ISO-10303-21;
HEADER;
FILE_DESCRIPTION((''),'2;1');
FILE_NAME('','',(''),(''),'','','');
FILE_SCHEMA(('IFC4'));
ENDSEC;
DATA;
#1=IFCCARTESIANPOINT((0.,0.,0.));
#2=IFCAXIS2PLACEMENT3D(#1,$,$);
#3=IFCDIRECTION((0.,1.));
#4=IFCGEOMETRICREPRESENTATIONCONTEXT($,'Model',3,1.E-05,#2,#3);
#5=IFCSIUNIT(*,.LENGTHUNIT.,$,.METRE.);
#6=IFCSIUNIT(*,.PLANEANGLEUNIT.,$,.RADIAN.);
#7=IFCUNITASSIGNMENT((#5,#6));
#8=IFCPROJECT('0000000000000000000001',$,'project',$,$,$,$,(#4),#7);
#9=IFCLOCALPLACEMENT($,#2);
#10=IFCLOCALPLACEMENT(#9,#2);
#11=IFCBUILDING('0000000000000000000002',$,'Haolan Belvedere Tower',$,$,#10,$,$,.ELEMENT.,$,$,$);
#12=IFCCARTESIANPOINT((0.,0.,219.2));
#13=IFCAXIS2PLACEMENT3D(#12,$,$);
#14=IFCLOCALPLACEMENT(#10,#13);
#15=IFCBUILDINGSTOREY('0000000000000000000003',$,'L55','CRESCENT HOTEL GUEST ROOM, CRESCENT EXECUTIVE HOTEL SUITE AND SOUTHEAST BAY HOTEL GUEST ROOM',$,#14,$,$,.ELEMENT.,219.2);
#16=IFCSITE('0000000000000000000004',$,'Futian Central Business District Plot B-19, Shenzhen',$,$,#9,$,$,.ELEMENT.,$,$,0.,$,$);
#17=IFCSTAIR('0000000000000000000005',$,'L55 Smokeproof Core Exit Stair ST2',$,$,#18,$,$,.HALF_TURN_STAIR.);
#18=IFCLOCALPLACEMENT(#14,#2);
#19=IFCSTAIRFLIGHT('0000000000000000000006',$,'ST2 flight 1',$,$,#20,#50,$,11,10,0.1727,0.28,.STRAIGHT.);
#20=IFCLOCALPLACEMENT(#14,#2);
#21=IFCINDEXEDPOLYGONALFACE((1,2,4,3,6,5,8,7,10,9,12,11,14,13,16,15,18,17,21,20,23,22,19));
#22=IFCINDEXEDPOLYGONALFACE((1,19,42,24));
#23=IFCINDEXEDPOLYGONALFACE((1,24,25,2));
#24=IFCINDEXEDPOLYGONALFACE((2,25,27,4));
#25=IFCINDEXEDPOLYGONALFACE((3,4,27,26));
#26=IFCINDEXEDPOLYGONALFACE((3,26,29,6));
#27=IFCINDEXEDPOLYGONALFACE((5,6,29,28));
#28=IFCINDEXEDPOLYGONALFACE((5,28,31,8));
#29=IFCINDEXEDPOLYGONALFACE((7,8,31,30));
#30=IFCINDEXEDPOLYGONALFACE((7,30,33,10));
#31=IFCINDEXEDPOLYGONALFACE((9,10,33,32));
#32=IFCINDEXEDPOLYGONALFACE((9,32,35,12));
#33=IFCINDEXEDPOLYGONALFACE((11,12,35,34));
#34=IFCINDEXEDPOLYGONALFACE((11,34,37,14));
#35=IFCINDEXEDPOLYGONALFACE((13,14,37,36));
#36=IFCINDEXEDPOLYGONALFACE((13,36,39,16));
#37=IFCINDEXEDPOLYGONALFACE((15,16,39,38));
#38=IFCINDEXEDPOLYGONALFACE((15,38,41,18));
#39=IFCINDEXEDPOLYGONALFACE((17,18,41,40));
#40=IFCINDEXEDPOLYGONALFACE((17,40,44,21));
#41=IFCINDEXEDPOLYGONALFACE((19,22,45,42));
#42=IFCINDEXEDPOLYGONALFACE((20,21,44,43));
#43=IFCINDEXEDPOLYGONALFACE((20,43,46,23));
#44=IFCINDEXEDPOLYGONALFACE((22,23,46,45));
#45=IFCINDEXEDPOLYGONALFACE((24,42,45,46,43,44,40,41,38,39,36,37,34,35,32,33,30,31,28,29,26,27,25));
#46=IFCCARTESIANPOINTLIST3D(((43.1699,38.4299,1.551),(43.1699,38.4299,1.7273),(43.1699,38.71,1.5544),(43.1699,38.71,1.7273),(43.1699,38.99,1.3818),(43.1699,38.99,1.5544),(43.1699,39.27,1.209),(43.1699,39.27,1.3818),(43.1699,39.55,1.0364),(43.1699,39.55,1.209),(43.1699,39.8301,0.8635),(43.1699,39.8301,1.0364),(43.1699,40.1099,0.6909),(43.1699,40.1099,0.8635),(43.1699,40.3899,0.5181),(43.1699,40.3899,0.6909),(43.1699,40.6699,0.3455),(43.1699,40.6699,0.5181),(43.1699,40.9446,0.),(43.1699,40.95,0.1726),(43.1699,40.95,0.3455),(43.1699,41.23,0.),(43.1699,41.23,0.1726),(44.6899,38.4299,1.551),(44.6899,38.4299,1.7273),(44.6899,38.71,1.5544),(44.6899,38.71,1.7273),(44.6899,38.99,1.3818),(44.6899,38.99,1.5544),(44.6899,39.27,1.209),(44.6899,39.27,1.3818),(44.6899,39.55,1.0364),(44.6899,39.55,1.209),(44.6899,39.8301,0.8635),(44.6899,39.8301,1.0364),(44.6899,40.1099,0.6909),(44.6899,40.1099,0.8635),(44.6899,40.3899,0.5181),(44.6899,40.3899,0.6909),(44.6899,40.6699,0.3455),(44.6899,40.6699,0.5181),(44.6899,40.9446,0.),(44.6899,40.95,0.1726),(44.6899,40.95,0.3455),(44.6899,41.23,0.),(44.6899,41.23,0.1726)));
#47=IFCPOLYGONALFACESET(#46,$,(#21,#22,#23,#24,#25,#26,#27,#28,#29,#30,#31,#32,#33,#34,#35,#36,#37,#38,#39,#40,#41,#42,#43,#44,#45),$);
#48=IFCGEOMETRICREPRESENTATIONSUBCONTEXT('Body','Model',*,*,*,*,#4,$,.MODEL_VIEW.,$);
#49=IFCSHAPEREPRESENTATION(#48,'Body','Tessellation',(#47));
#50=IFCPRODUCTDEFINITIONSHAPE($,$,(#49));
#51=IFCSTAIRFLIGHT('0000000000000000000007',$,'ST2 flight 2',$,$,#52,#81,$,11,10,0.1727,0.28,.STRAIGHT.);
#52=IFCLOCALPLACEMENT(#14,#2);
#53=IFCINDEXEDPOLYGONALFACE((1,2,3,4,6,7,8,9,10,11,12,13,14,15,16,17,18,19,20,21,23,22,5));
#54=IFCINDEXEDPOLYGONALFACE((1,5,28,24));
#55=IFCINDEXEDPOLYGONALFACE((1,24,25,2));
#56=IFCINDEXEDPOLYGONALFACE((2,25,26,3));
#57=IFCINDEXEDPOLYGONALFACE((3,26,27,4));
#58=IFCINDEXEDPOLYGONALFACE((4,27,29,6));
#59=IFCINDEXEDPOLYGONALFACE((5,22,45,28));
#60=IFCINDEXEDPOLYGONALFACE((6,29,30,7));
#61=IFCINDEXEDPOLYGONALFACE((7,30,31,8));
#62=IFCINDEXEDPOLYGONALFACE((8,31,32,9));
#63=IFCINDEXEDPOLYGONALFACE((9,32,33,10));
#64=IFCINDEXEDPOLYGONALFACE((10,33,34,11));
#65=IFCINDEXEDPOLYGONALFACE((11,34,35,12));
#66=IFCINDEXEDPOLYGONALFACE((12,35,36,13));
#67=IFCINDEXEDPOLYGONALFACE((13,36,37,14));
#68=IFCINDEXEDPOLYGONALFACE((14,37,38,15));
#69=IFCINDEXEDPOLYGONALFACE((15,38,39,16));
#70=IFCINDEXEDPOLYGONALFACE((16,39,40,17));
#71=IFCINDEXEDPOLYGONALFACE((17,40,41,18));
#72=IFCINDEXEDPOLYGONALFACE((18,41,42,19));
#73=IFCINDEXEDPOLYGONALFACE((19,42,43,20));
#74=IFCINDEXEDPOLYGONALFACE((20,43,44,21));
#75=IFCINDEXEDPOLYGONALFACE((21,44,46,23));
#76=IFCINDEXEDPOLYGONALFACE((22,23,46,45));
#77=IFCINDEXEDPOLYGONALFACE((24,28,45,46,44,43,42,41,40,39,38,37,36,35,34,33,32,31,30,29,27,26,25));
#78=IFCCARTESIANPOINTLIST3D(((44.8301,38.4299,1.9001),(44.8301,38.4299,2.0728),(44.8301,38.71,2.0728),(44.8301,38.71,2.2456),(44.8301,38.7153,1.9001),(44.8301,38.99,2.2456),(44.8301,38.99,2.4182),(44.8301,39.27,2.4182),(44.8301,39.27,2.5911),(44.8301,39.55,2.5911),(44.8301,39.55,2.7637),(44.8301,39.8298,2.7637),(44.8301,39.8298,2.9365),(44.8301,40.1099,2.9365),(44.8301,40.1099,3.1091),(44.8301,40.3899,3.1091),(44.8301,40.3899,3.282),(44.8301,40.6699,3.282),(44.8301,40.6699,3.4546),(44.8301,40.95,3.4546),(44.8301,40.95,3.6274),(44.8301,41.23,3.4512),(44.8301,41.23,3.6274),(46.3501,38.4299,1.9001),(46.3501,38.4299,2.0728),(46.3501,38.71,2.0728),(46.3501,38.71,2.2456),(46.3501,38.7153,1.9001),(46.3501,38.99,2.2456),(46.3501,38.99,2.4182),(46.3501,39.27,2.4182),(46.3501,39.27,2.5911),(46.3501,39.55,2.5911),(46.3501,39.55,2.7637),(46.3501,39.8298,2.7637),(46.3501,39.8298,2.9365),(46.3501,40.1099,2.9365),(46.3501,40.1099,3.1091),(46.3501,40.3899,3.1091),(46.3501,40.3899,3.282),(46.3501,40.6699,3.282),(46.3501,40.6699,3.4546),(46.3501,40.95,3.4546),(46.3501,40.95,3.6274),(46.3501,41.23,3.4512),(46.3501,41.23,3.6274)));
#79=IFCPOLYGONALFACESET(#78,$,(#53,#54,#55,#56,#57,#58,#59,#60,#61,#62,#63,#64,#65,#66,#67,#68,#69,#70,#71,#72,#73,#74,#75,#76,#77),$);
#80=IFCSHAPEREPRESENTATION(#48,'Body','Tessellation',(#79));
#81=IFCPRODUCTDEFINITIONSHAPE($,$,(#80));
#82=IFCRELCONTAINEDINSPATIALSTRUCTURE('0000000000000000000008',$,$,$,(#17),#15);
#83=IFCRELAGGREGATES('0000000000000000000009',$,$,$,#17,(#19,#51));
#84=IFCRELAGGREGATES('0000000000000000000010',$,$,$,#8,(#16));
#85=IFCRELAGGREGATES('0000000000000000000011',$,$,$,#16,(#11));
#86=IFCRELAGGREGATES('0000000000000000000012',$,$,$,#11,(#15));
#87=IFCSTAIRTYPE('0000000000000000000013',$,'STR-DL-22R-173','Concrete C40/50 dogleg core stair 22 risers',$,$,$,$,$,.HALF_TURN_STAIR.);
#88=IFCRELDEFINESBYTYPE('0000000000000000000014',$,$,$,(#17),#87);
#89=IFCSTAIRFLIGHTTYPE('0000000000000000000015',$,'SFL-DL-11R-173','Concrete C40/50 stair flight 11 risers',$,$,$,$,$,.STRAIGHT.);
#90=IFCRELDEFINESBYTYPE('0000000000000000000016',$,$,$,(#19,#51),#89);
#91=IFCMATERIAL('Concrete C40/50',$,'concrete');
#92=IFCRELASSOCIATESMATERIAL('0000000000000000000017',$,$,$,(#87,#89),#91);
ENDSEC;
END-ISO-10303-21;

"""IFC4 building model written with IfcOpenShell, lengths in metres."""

from ifc_helpers import new_model, si_unit, direction, frame, origin, place, context, subcontext, project, spatial, polyline, outline, extrude, material, type_object, element, aggregate, save


model = new_model("IFC4")

# Units and contexts
model_context = context("Model", 3, precision=1e-05, world=origin(), true_north=direction((0.0, 1.0)))
body_context = subcontext(model_context, "Body", "Model", "MODEL_VIEW")
ifc_project = project(units=[si_unit("LENGTHUNIT", "METRE"), si_unit("PLANEANGLEUNIT", "RADIAN")], contexts=[model_context])

# Site, building, storey
site_placement = place(None, origin())
site = spatial("IfcSite", under=ifc_project, at=site_placement, Name="Futian Central Business District Plot B-19, Shenzhen", CompositionType="ELEMENT", RefElevation=0.0)
building_placement = place(site_placement, origin())
building = spatial("IfcBuilding", under=site, at=building_placement, Name="Haolan Belvedere Tower", CompositionType="ELEMENT")
storey_placement = place(building_placement, frame((0.0, 0.0, 219.2)))
storey = spatial("IfcBuildingStorey", under=building, at=storey_placement, Name="L55", Description="CRESCENT HOTEL GUEST ROOM, CRESCENT EXECUTIVE HOTEL SUITE AND SOUTHEAST BAY HOTEL GUEST ROOM", CompositionType="ELEMENT", Elevation=219.2)

# Shared definitions
ifc_material_1 = material(Name="Concrete C40/50", Category="concrete")

# Shared definitions
stair_type = type_object("IfcStairType", Name="STR-DL-22R-173", Description="Concrete C40/50 dogleg core stair 22 risers", PredefinedType="HALF_TURN_STAIR", material=ifc_material_1)
stair_flight_type = type_object("IfcStairFlightType", Name="SFL-DL-11R-173", Description="Concrete C40/50 stair flight 11 risers", PredefinedType="STRAIGHT", material=ifc_material_1)

# Stair, stair flights
stair_1_placement = place(storey_placement, origin())
stair_1 = element("IfcStair", 1, at=stair_1_placement, inside=storey, type_object=stair_type, Name="L55 Smokeproof Core Exit Stair ST2", PredefinedType="HALF_TURN_STAIR")
stair_flight_1_placement = place(storey_placement, frame((43.9299, 41.23, 0.0), z_axis=(0.0, 0.0, 1.0), x_axis=(0.0, -1.0, 0.0)))
stair_flight_1 = element("IfcStairFlight", 2, at=stair_flight_1_placement, type_object=stair_flight_type, Name="ST2 flight 1", NumberOfRisers=11, NumberOfTreads=10, PredefinedType="STRAIGHT", RiserHeight=0.1727, TreadLength=0.28, context=body_context, shape_type="SweptSolid", body=[
    extrude(outline(polyline([(0.0, 0.0), (0.0, 0.1726), (0.28, 0.1726), (0.28, 0.3455), (0.5601, 0.3455), (0.5601, 0.5181), (0.8401, 0.5181), (0.8401, 0.6909), (1.1201, 0.6909), (1.1201, 0.8635), (1.3999, 0.8635), (1.3999, 1.0364), (1.6799, 1.0364), (1.6799, 1.209), (1.96, 1.209), (1.96, 1.3818), (2.24, 1.3818), (2.24, 1.5544), (2.52, 1.5544), (2.52, 1.7273), (2.8, 1.7273), (2.8, 1.8999), (2.8, 1.551), (0.2854, 0.0), (0.0, 0.0)])), frame((0.0, 0.76, 0.0), z_axis=(0.0, -1.0, 0.0), x_axis=(1.0, 0.0, 0.0)), (0.0, 0.0, 1.0), 1.52),
])
stair_flight_2_placement = place(storey_placement, frame((45.5901, 38.4299, 1.9001), z_axis=(0.0, 0.0, 1.0), x_axis=(0.0, 1.0, 0.0)))
stair_flight_2 = element("IfcStairFlight", 3, at=stair_flight_2_placement, type_object=stair_flight_type, Name="ST2 flight 2", NumberOfRisers=11, NumberOfTreads=10, PredefinedType="STRAIGHT", RiserHeight=0.1727, TreadLength=0.28, context=body_context, shape_type="SweptSolid", body=[
    extrude(outline(polyline([(0.0, 0.0), (0.0, 0.1726), (0.28, 0.1726), (0.28, 0.3455), (0.5601, 0.3455), (0.5601, 0.5181), (0.8401, 0.5181), (0.8401, 0.6909), (1.1201, 0.6909), (1.1201, 0.8635), (1.3999, 0.8635), (1.3999, 1.0364), (1.6799, 1.0364), (1.6799, 1.209), (1.96, 1.209), (1.96, 1.3818), (2.24, 1.3818), (2.24, 1.5544), (2.52, 1.5544), (2.52, 1.7273), (2.8, 1.7273), (2.8, 1.8999), (2.8, 1.551), (0.2854, 0.0), (0.0, 0.0)])), frame((0.0, 0.76, 0.0), z_axis=(0.0, -1.0, 0.0), x_axis=(1.0, 0.0, 0.0)), (0.0, 0.0, 1.0), 1.52),
])
aggregate(stair_1, [stair_flight_1, stair_flight_2])

save(model, "model.ifc")
